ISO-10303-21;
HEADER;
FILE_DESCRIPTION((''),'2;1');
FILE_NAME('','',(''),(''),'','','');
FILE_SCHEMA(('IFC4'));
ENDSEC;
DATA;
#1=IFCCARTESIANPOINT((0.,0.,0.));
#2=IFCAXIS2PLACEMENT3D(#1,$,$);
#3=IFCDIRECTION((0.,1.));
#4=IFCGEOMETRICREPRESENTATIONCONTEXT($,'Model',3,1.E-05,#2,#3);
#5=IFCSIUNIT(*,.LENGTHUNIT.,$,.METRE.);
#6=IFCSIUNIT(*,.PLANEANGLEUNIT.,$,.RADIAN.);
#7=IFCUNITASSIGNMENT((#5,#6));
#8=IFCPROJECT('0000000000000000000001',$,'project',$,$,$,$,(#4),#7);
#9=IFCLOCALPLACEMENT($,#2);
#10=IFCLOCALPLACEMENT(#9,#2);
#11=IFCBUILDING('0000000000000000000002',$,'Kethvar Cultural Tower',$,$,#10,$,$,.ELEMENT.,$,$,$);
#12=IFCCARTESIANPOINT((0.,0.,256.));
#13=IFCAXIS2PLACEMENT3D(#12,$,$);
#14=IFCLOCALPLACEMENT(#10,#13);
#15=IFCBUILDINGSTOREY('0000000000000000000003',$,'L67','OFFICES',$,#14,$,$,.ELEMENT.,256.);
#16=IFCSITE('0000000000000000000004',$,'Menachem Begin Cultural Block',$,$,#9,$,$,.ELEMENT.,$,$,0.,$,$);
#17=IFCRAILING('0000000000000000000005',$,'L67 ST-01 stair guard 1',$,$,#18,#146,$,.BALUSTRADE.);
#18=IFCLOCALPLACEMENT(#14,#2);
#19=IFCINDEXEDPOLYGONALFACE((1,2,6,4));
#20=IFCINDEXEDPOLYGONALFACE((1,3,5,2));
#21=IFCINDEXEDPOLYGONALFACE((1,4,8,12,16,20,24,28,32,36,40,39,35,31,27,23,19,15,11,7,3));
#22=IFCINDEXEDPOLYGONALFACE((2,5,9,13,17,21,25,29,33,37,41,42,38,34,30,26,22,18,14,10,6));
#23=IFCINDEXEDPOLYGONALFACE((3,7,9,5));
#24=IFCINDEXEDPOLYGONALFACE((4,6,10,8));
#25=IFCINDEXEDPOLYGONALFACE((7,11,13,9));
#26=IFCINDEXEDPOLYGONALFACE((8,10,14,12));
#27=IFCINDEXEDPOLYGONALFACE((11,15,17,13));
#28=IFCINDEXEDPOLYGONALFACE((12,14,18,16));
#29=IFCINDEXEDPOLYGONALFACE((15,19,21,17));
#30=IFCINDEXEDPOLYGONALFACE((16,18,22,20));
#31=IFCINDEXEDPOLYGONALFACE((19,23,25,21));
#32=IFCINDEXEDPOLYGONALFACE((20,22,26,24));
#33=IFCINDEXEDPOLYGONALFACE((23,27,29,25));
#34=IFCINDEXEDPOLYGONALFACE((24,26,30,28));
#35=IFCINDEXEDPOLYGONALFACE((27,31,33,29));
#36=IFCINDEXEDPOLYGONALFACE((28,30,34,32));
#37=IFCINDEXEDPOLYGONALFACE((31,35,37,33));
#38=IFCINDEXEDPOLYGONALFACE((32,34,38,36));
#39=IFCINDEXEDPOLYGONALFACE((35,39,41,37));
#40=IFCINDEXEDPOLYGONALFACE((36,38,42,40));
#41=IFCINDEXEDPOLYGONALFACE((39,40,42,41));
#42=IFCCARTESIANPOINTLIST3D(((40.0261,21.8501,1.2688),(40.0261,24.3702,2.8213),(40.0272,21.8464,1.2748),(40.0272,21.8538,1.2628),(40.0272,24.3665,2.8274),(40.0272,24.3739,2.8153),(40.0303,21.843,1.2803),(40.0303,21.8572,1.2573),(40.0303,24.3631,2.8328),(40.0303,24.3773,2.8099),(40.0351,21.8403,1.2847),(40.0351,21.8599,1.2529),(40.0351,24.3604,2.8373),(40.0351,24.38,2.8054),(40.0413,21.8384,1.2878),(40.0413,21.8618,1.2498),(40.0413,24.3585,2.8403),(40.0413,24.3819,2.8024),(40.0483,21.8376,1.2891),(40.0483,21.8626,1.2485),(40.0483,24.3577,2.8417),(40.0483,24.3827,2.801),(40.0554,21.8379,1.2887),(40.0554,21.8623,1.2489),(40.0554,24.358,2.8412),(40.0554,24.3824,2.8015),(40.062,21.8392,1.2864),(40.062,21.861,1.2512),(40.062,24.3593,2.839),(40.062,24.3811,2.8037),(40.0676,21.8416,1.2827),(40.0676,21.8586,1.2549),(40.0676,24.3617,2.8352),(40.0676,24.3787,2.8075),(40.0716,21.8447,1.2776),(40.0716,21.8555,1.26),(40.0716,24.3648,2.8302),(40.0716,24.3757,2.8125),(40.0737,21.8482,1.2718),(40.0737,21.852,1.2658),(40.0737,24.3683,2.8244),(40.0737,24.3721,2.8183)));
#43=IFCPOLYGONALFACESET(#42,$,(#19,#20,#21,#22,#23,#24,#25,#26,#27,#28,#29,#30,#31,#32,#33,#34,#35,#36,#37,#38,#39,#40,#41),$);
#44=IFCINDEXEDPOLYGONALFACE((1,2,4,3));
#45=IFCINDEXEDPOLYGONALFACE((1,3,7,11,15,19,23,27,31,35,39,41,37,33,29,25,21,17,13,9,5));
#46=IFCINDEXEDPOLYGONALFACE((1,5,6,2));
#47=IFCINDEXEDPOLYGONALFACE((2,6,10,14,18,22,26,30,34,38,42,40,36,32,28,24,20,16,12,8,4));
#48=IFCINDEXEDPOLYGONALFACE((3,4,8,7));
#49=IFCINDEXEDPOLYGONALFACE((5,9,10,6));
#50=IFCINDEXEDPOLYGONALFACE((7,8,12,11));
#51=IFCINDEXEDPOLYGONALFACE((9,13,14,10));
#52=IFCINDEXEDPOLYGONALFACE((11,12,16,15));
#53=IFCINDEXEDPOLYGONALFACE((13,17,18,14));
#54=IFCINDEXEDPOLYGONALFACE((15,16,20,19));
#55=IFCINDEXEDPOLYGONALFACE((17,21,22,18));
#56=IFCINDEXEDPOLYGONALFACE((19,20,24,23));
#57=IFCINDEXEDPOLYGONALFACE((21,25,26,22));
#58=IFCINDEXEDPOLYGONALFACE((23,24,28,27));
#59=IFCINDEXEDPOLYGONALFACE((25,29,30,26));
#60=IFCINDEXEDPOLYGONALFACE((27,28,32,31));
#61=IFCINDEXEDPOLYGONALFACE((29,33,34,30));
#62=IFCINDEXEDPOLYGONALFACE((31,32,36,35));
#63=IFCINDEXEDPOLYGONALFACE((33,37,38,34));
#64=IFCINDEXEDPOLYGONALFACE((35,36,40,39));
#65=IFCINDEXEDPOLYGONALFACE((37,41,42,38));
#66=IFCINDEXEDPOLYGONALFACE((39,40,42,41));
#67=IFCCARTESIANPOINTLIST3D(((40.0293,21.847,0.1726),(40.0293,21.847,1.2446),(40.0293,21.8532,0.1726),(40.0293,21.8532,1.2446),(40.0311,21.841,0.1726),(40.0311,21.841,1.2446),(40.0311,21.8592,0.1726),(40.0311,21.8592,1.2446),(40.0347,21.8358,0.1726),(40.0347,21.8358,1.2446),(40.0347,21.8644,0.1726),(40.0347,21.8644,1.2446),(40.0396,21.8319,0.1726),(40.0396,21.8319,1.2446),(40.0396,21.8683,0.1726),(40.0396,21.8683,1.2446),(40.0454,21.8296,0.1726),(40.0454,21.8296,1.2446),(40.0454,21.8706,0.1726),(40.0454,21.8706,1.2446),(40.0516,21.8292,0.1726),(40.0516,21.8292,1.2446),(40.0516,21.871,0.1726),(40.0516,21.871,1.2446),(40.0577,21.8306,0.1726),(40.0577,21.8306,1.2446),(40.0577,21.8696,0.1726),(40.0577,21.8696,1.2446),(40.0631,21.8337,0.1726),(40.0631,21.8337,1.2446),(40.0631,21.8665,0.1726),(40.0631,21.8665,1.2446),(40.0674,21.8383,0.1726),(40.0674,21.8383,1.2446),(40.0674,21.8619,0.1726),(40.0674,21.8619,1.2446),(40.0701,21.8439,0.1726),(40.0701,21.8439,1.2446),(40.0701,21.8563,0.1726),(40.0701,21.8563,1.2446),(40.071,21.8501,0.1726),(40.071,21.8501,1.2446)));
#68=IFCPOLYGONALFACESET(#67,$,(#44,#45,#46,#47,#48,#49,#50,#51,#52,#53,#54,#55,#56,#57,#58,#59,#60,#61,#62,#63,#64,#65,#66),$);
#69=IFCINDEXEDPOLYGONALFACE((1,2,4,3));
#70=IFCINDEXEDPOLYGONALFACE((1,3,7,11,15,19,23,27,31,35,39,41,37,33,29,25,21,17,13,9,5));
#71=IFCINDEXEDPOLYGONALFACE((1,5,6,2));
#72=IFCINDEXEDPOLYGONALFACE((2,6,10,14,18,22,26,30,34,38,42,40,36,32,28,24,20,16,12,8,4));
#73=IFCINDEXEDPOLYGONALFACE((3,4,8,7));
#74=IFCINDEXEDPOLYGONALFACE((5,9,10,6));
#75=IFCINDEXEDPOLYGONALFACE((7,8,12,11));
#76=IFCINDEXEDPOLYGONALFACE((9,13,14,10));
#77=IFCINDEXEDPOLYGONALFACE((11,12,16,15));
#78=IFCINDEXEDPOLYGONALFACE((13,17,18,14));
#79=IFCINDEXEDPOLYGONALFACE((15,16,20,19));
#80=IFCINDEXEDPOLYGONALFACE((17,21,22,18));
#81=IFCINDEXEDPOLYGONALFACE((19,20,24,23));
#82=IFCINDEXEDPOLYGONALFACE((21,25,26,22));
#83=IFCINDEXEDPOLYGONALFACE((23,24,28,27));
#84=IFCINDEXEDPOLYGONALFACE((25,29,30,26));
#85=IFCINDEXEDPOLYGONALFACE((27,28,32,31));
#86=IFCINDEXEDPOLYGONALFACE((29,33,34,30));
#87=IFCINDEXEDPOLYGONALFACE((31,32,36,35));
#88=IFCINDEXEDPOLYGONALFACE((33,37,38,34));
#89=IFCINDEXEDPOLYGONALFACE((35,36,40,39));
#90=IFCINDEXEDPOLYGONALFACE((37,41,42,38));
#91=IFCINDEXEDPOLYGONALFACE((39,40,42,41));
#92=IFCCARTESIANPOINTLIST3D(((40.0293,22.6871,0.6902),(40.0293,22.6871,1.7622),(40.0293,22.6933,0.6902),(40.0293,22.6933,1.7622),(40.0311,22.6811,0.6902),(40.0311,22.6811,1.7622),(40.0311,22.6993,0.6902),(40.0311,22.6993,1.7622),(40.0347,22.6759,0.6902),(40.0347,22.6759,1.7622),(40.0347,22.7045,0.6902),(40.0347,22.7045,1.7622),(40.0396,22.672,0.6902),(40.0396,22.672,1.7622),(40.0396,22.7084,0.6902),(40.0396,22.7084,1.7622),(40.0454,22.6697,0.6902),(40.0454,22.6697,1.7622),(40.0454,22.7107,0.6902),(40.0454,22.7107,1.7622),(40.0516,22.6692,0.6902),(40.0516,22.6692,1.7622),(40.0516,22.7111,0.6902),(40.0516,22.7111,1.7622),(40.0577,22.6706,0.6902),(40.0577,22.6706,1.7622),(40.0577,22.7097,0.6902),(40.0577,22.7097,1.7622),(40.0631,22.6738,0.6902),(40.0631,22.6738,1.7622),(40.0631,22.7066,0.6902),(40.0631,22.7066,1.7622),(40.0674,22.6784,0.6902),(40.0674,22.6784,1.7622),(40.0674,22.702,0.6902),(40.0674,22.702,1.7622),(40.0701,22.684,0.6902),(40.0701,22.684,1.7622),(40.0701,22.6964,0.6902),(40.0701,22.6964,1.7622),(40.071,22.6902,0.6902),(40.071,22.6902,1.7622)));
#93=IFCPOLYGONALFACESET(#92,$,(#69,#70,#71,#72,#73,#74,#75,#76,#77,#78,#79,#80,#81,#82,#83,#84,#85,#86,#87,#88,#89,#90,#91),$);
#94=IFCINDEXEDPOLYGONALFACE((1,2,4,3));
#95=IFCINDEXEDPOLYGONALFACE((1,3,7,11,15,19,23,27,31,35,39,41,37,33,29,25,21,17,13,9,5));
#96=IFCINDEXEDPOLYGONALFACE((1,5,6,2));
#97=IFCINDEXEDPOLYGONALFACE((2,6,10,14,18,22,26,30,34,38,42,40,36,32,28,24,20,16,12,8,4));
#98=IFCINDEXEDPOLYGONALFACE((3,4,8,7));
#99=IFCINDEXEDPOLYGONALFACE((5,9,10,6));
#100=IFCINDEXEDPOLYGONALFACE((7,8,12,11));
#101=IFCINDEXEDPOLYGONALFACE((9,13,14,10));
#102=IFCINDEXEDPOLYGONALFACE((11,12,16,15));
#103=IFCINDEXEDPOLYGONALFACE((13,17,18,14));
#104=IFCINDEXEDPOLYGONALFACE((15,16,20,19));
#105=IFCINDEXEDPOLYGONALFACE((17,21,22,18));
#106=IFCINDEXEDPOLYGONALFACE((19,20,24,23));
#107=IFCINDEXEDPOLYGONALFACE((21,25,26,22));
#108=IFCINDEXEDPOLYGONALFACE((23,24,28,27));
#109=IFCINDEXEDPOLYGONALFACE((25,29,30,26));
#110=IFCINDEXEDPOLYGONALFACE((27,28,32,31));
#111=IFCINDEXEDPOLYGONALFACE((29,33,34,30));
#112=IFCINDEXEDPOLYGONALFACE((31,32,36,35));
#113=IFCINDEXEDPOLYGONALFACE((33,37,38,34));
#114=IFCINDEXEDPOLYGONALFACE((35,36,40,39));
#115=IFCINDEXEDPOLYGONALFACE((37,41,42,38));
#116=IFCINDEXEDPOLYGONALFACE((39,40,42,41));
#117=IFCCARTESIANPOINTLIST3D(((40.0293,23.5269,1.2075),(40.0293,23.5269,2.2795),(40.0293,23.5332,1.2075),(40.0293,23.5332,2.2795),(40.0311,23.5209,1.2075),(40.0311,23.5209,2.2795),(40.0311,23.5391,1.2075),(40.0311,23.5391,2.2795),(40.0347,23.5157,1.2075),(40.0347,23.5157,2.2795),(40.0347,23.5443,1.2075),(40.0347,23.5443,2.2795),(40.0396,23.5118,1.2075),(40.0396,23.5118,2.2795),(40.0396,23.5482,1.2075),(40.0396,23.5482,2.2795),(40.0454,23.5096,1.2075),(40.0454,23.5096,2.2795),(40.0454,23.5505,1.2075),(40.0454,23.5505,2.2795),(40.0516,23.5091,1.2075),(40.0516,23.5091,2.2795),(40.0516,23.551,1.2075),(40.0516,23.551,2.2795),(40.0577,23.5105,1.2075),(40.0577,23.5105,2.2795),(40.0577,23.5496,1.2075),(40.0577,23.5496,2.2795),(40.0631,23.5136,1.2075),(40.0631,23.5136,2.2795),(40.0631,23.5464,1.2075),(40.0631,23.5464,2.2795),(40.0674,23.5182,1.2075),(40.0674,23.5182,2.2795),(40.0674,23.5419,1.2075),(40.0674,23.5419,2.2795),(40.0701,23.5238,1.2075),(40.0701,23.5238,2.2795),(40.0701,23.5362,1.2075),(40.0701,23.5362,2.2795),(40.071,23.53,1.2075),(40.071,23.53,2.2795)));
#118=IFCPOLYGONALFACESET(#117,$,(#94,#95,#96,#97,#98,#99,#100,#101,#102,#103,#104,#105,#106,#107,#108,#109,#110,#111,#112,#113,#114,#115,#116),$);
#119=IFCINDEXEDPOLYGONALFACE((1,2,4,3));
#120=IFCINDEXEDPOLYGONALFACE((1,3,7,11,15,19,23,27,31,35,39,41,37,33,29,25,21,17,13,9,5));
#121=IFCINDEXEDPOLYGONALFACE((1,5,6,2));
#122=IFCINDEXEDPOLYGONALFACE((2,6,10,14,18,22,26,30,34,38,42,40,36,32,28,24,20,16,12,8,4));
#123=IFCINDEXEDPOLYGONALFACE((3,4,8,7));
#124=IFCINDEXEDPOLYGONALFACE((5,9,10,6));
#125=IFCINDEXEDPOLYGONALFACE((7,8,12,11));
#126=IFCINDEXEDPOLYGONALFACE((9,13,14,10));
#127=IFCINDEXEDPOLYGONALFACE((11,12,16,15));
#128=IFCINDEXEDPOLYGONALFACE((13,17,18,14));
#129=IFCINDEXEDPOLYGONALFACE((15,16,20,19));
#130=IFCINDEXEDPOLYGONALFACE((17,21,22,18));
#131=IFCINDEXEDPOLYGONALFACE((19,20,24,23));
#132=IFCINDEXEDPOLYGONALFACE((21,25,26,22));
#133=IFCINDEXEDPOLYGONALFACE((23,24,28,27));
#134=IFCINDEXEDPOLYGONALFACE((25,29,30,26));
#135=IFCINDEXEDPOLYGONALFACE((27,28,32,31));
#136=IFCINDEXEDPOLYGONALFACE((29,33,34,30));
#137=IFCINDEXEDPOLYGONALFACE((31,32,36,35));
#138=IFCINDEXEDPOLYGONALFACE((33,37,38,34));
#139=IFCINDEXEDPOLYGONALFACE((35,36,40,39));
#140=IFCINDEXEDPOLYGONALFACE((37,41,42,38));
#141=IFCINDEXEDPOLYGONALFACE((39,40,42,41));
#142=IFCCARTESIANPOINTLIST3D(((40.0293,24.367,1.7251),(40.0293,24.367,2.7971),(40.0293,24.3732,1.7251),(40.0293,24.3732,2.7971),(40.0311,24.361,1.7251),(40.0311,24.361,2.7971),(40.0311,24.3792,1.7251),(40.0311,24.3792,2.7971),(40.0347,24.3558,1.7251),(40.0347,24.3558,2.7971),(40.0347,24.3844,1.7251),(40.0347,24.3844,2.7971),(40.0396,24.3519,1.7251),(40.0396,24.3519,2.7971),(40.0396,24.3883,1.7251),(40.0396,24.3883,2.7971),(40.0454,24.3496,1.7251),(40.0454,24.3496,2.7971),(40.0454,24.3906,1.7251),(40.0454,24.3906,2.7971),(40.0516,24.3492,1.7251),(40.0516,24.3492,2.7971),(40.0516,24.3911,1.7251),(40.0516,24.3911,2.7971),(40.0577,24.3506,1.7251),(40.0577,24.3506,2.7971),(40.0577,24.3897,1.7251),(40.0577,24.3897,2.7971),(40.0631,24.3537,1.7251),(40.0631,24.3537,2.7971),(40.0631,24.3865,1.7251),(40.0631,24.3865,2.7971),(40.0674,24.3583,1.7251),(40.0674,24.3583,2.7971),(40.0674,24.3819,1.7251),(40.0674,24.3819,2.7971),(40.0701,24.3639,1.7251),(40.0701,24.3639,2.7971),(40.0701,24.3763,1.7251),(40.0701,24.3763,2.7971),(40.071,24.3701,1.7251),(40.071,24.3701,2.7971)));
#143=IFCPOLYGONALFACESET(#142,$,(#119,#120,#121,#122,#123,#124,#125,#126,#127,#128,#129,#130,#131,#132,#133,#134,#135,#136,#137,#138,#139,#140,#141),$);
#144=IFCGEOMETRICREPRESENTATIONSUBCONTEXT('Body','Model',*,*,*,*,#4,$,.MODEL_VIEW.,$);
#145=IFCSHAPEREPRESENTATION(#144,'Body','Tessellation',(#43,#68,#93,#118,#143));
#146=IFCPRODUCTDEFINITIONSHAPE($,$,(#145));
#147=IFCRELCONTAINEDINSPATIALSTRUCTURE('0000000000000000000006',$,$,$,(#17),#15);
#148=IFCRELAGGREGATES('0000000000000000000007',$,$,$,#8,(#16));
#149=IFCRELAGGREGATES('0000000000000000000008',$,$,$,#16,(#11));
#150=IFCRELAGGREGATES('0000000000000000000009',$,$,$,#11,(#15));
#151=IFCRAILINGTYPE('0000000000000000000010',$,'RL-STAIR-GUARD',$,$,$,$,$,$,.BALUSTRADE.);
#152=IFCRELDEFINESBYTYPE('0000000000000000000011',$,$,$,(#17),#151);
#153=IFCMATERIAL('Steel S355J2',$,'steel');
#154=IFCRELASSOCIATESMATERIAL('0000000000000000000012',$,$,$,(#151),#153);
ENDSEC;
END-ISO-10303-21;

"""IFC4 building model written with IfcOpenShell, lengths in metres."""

from ifc_helpers import new_model, si_unit, direction, frame, origin, origin_2d, place, context, subcontext, project, spatial, circle, extrude, material, type_object, element, save


model = new_model("IFC4")

# Units and contexts
model_context = context("Model", 3, precision=1e-05, world=origin(), true_north=direction((0.0, 1.0)))
body_context = subcontext(model_context, "Body", "Model", "MODEL_VIEW")
ifc_project = project(units=[si_unit("LENGTHUNIT", "METRE"), si_unit("PLANEANGLEUNIT", "RADIAN")], contexts=[model_context])

# Site, building, storey
site_placement = place(None, origin())
site = spatial("IfcSite", under=ifc_project, at=site_placement, Name="Menachem Begin Cultural Block", CompositionType="ELEMENT", RefElevation=0.0)
building_placement = place(site_placement, origin())
building = spatial("IfcBuilding", under=site, at=building_placement, Name="Kethvar Cultural Tower", CompositionType="ELEMENT")
storey_placement = place(building_placement, frame((0.0, 0.0, 256.0)))
storey = spatial("IfcBuildingStorey", under=building, at=storey_placement, Name="L67", Description="OFFICES", CompositionType="ELEMENT", Elevation=256.0)

# Shared definitions
ifc_material_1 = material(Name="Steel S355J2", Category="steel")

# Railing
railing_type_1 = type_object("IfcRailingType", Name="RL-STAIR-GUARD", PredefinedType="BALUSTRADE", material=ifc_material_1)
railing_1_placement = place(storey_placement, frame((40.05, 21.8501, 0.1726)))
element("IfcRailing", 1, at=railing_1_placement, inside=storey, type_object=railing_type_1, Name="L67 ST-01 stair guard 1", PredefinedType="BALUSTRADE", context=body_context, shape_type="SweptSolid", body=[
    extrude(circle(Radius=0.0239, at=origin_2d()), frame((0.0, 0.0, 1.0962), z_axis=(0.0, 0.8514, 0.524516), x_axis=(-1.0, 0.0, 0.0)), (0.0, 0.0, 1.0), 2.96),
    extrude(circle(Radius=0.021, at=origin_2d()), origin(), (0.0, 0.0, 1.0), 1.072),
    extrude(circle(Radius=0.021, at=origin_2d()), frame((0.0, 0.8401, 0.5176)), (0.0, 0.0, 1.0), 1.072),
    extrude(circle(Radius=0.021, at=origin_2d()), frame((0.0, 1.6799, 1.0349)), (0.0, 0.0, 1.0), 1.072),
    extrude(circle(Radius=0.021, at=origin_2d()), frame((0.0, 2.52, 1.5525)), (0.0, 0.0, 1.0), 1.072),
])

save(model, "model.ifc")
